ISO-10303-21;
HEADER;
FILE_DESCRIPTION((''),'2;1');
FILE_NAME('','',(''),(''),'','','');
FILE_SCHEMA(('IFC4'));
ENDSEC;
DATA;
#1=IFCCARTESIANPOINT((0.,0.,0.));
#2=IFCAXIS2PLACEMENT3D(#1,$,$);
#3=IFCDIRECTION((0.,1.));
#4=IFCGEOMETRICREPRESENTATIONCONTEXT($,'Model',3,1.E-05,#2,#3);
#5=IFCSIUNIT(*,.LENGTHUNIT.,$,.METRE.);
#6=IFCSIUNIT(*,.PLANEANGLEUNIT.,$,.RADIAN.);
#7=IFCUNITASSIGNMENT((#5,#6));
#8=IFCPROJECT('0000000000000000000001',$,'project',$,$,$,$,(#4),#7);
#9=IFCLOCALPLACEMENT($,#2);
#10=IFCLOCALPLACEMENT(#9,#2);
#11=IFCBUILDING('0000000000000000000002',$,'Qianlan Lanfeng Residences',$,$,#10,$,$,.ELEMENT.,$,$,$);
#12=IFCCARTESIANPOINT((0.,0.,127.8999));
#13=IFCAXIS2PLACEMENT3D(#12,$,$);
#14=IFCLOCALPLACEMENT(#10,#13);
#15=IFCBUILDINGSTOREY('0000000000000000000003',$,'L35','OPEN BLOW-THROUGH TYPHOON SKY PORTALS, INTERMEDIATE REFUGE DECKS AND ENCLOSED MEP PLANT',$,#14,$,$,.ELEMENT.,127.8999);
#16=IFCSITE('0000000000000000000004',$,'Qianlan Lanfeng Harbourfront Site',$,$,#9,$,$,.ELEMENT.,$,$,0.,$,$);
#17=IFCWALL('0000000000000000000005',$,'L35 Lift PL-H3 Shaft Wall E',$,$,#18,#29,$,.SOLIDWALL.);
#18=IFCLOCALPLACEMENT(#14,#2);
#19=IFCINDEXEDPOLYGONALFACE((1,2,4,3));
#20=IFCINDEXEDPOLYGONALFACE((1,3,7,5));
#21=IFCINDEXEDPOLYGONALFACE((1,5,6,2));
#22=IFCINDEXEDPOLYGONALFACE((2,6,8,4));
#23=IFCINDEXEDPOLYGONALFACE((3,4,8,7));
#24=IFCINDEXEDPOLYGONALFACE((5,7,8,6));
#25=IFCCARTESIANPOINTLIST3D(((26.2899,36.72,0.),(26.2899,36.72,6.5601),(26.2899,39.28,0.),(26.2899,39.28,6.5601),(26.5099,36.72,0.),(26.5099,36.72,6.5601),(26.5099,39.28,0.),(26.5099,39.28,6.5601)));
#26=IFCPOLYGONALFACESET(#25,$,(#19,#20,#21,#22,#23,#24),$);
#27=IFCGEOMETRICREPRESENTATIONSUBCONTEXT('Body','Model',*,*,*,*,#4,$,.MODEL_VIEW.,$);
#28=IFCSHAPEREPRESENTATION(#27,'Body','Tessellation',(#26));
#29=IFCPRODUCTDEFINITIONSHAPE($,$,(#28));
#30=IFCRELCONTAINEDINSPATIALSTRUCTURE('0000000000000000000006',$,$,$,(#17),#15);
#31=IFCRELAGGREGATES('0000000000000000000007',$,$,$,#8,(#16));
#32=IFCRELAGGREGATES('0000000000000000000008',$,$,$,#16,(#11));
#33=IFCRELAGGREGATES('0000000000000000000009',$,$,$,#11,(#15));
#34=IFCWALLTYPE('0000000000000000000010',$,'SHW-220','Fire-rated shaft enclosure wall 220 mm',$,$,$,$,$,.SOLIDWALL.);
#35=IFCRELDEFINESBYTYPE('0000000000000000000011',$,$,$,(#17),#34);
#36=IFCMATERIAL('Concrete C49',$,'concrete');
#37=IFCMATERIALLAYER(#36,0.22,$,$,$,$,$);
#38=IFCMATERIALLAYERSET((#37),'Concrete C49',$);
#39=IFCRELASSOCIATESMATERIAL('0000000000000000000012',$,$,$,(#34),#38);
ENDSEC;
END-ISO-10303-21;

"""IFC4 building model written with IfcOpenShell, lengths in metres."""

from ifc_helpers import new_model, si_unit, direction, frame, frame_2d, origin, place, context, subcontext, project, spatial, rectangle, extrude, material, layer, layer_set, type_object, element, save


model = new_model("IFC4")

# Units and contexts
model_context = context("Model", 3, precision=1e-05, world=origin(), true_north=direction((0.0, 1.0)))
body_context = subcontext(model_context, "Body", "Model", "MODEL_VIEW")
ifc_project = project(units=[si_unit("LENGTHUNIT", "METRE"), si_unit("PLANEANGLEUNIT", "RADIAN")], contexts=[model_context])

# Site, building, storey
site_placement = place(None, origin())
site = spatial("IfcSite", under=ifc_project, at=site_placement, Name="Qianlan Lanfeng Harbourfront Site", CompositionType="ELEMENT", RefElevation=0.0)
building_placement = place(site_placement, origin())
building = spatial("IfcBuilding", under=site, at=building_placement, Name="Qianlan Lanfeng Residences", CompositionType="ELEMENT")
storey_placement = place(building_placement, frame((0.0, 0.0, 127.8999)))
storey = spatial("IfcBuildingStorey", under=building, at=storey_placement, Name="L35", Description="OPEN BLOW-THROUGH TYPHOON SKY PORTALS, INTERMEDIATE REFUGE DECKS AND ENCLOSED MEP PLANT", CompositionType="ELEMENT", Elevation=127.8999)

# Wall
ifc_material_1 = material(Name="Concrete C49", Category="concrete")
ifc_layer_1 = layer(ifc_material_1, 0.22)
ifc_layer_set_1 = layer_set([ifc_layer_1], Name="Concrete C49")
wall_type_1 = type_object("IfcWallType", Name="SHW-220", Description="Fire-rated shaft enclosure wall 220 mm", PredefinedType="SOLIDWALL", material=ifc_layer_set_1)
for number, where, z_axis, x_axis, name in (
    (1, (26.3999, 36.72, 0.0), (0.0, 0.0, 1.0), (0.0, 1.0, 0.0), "L35 Lift PL-H3 Shaft Wall E"),
):
    element("IfcWall", number, at=place(storey_placement, frame(where, z_axis=z_axis, x_axis=x_axis)), inside=storey, type_object=wall_type_1, Name=name, PredefinedType="SOLIDWALL", context=body_context, shape_type="SweptSolid", body=[
        extrude(rectangle(XDim=2.5601, YDim=0.22, at=frame_2d((1.28, 0.0))), origin(), (0.0, 0.0, 1.0), 6.5601),
    ])

save(model, "model.ifc")
